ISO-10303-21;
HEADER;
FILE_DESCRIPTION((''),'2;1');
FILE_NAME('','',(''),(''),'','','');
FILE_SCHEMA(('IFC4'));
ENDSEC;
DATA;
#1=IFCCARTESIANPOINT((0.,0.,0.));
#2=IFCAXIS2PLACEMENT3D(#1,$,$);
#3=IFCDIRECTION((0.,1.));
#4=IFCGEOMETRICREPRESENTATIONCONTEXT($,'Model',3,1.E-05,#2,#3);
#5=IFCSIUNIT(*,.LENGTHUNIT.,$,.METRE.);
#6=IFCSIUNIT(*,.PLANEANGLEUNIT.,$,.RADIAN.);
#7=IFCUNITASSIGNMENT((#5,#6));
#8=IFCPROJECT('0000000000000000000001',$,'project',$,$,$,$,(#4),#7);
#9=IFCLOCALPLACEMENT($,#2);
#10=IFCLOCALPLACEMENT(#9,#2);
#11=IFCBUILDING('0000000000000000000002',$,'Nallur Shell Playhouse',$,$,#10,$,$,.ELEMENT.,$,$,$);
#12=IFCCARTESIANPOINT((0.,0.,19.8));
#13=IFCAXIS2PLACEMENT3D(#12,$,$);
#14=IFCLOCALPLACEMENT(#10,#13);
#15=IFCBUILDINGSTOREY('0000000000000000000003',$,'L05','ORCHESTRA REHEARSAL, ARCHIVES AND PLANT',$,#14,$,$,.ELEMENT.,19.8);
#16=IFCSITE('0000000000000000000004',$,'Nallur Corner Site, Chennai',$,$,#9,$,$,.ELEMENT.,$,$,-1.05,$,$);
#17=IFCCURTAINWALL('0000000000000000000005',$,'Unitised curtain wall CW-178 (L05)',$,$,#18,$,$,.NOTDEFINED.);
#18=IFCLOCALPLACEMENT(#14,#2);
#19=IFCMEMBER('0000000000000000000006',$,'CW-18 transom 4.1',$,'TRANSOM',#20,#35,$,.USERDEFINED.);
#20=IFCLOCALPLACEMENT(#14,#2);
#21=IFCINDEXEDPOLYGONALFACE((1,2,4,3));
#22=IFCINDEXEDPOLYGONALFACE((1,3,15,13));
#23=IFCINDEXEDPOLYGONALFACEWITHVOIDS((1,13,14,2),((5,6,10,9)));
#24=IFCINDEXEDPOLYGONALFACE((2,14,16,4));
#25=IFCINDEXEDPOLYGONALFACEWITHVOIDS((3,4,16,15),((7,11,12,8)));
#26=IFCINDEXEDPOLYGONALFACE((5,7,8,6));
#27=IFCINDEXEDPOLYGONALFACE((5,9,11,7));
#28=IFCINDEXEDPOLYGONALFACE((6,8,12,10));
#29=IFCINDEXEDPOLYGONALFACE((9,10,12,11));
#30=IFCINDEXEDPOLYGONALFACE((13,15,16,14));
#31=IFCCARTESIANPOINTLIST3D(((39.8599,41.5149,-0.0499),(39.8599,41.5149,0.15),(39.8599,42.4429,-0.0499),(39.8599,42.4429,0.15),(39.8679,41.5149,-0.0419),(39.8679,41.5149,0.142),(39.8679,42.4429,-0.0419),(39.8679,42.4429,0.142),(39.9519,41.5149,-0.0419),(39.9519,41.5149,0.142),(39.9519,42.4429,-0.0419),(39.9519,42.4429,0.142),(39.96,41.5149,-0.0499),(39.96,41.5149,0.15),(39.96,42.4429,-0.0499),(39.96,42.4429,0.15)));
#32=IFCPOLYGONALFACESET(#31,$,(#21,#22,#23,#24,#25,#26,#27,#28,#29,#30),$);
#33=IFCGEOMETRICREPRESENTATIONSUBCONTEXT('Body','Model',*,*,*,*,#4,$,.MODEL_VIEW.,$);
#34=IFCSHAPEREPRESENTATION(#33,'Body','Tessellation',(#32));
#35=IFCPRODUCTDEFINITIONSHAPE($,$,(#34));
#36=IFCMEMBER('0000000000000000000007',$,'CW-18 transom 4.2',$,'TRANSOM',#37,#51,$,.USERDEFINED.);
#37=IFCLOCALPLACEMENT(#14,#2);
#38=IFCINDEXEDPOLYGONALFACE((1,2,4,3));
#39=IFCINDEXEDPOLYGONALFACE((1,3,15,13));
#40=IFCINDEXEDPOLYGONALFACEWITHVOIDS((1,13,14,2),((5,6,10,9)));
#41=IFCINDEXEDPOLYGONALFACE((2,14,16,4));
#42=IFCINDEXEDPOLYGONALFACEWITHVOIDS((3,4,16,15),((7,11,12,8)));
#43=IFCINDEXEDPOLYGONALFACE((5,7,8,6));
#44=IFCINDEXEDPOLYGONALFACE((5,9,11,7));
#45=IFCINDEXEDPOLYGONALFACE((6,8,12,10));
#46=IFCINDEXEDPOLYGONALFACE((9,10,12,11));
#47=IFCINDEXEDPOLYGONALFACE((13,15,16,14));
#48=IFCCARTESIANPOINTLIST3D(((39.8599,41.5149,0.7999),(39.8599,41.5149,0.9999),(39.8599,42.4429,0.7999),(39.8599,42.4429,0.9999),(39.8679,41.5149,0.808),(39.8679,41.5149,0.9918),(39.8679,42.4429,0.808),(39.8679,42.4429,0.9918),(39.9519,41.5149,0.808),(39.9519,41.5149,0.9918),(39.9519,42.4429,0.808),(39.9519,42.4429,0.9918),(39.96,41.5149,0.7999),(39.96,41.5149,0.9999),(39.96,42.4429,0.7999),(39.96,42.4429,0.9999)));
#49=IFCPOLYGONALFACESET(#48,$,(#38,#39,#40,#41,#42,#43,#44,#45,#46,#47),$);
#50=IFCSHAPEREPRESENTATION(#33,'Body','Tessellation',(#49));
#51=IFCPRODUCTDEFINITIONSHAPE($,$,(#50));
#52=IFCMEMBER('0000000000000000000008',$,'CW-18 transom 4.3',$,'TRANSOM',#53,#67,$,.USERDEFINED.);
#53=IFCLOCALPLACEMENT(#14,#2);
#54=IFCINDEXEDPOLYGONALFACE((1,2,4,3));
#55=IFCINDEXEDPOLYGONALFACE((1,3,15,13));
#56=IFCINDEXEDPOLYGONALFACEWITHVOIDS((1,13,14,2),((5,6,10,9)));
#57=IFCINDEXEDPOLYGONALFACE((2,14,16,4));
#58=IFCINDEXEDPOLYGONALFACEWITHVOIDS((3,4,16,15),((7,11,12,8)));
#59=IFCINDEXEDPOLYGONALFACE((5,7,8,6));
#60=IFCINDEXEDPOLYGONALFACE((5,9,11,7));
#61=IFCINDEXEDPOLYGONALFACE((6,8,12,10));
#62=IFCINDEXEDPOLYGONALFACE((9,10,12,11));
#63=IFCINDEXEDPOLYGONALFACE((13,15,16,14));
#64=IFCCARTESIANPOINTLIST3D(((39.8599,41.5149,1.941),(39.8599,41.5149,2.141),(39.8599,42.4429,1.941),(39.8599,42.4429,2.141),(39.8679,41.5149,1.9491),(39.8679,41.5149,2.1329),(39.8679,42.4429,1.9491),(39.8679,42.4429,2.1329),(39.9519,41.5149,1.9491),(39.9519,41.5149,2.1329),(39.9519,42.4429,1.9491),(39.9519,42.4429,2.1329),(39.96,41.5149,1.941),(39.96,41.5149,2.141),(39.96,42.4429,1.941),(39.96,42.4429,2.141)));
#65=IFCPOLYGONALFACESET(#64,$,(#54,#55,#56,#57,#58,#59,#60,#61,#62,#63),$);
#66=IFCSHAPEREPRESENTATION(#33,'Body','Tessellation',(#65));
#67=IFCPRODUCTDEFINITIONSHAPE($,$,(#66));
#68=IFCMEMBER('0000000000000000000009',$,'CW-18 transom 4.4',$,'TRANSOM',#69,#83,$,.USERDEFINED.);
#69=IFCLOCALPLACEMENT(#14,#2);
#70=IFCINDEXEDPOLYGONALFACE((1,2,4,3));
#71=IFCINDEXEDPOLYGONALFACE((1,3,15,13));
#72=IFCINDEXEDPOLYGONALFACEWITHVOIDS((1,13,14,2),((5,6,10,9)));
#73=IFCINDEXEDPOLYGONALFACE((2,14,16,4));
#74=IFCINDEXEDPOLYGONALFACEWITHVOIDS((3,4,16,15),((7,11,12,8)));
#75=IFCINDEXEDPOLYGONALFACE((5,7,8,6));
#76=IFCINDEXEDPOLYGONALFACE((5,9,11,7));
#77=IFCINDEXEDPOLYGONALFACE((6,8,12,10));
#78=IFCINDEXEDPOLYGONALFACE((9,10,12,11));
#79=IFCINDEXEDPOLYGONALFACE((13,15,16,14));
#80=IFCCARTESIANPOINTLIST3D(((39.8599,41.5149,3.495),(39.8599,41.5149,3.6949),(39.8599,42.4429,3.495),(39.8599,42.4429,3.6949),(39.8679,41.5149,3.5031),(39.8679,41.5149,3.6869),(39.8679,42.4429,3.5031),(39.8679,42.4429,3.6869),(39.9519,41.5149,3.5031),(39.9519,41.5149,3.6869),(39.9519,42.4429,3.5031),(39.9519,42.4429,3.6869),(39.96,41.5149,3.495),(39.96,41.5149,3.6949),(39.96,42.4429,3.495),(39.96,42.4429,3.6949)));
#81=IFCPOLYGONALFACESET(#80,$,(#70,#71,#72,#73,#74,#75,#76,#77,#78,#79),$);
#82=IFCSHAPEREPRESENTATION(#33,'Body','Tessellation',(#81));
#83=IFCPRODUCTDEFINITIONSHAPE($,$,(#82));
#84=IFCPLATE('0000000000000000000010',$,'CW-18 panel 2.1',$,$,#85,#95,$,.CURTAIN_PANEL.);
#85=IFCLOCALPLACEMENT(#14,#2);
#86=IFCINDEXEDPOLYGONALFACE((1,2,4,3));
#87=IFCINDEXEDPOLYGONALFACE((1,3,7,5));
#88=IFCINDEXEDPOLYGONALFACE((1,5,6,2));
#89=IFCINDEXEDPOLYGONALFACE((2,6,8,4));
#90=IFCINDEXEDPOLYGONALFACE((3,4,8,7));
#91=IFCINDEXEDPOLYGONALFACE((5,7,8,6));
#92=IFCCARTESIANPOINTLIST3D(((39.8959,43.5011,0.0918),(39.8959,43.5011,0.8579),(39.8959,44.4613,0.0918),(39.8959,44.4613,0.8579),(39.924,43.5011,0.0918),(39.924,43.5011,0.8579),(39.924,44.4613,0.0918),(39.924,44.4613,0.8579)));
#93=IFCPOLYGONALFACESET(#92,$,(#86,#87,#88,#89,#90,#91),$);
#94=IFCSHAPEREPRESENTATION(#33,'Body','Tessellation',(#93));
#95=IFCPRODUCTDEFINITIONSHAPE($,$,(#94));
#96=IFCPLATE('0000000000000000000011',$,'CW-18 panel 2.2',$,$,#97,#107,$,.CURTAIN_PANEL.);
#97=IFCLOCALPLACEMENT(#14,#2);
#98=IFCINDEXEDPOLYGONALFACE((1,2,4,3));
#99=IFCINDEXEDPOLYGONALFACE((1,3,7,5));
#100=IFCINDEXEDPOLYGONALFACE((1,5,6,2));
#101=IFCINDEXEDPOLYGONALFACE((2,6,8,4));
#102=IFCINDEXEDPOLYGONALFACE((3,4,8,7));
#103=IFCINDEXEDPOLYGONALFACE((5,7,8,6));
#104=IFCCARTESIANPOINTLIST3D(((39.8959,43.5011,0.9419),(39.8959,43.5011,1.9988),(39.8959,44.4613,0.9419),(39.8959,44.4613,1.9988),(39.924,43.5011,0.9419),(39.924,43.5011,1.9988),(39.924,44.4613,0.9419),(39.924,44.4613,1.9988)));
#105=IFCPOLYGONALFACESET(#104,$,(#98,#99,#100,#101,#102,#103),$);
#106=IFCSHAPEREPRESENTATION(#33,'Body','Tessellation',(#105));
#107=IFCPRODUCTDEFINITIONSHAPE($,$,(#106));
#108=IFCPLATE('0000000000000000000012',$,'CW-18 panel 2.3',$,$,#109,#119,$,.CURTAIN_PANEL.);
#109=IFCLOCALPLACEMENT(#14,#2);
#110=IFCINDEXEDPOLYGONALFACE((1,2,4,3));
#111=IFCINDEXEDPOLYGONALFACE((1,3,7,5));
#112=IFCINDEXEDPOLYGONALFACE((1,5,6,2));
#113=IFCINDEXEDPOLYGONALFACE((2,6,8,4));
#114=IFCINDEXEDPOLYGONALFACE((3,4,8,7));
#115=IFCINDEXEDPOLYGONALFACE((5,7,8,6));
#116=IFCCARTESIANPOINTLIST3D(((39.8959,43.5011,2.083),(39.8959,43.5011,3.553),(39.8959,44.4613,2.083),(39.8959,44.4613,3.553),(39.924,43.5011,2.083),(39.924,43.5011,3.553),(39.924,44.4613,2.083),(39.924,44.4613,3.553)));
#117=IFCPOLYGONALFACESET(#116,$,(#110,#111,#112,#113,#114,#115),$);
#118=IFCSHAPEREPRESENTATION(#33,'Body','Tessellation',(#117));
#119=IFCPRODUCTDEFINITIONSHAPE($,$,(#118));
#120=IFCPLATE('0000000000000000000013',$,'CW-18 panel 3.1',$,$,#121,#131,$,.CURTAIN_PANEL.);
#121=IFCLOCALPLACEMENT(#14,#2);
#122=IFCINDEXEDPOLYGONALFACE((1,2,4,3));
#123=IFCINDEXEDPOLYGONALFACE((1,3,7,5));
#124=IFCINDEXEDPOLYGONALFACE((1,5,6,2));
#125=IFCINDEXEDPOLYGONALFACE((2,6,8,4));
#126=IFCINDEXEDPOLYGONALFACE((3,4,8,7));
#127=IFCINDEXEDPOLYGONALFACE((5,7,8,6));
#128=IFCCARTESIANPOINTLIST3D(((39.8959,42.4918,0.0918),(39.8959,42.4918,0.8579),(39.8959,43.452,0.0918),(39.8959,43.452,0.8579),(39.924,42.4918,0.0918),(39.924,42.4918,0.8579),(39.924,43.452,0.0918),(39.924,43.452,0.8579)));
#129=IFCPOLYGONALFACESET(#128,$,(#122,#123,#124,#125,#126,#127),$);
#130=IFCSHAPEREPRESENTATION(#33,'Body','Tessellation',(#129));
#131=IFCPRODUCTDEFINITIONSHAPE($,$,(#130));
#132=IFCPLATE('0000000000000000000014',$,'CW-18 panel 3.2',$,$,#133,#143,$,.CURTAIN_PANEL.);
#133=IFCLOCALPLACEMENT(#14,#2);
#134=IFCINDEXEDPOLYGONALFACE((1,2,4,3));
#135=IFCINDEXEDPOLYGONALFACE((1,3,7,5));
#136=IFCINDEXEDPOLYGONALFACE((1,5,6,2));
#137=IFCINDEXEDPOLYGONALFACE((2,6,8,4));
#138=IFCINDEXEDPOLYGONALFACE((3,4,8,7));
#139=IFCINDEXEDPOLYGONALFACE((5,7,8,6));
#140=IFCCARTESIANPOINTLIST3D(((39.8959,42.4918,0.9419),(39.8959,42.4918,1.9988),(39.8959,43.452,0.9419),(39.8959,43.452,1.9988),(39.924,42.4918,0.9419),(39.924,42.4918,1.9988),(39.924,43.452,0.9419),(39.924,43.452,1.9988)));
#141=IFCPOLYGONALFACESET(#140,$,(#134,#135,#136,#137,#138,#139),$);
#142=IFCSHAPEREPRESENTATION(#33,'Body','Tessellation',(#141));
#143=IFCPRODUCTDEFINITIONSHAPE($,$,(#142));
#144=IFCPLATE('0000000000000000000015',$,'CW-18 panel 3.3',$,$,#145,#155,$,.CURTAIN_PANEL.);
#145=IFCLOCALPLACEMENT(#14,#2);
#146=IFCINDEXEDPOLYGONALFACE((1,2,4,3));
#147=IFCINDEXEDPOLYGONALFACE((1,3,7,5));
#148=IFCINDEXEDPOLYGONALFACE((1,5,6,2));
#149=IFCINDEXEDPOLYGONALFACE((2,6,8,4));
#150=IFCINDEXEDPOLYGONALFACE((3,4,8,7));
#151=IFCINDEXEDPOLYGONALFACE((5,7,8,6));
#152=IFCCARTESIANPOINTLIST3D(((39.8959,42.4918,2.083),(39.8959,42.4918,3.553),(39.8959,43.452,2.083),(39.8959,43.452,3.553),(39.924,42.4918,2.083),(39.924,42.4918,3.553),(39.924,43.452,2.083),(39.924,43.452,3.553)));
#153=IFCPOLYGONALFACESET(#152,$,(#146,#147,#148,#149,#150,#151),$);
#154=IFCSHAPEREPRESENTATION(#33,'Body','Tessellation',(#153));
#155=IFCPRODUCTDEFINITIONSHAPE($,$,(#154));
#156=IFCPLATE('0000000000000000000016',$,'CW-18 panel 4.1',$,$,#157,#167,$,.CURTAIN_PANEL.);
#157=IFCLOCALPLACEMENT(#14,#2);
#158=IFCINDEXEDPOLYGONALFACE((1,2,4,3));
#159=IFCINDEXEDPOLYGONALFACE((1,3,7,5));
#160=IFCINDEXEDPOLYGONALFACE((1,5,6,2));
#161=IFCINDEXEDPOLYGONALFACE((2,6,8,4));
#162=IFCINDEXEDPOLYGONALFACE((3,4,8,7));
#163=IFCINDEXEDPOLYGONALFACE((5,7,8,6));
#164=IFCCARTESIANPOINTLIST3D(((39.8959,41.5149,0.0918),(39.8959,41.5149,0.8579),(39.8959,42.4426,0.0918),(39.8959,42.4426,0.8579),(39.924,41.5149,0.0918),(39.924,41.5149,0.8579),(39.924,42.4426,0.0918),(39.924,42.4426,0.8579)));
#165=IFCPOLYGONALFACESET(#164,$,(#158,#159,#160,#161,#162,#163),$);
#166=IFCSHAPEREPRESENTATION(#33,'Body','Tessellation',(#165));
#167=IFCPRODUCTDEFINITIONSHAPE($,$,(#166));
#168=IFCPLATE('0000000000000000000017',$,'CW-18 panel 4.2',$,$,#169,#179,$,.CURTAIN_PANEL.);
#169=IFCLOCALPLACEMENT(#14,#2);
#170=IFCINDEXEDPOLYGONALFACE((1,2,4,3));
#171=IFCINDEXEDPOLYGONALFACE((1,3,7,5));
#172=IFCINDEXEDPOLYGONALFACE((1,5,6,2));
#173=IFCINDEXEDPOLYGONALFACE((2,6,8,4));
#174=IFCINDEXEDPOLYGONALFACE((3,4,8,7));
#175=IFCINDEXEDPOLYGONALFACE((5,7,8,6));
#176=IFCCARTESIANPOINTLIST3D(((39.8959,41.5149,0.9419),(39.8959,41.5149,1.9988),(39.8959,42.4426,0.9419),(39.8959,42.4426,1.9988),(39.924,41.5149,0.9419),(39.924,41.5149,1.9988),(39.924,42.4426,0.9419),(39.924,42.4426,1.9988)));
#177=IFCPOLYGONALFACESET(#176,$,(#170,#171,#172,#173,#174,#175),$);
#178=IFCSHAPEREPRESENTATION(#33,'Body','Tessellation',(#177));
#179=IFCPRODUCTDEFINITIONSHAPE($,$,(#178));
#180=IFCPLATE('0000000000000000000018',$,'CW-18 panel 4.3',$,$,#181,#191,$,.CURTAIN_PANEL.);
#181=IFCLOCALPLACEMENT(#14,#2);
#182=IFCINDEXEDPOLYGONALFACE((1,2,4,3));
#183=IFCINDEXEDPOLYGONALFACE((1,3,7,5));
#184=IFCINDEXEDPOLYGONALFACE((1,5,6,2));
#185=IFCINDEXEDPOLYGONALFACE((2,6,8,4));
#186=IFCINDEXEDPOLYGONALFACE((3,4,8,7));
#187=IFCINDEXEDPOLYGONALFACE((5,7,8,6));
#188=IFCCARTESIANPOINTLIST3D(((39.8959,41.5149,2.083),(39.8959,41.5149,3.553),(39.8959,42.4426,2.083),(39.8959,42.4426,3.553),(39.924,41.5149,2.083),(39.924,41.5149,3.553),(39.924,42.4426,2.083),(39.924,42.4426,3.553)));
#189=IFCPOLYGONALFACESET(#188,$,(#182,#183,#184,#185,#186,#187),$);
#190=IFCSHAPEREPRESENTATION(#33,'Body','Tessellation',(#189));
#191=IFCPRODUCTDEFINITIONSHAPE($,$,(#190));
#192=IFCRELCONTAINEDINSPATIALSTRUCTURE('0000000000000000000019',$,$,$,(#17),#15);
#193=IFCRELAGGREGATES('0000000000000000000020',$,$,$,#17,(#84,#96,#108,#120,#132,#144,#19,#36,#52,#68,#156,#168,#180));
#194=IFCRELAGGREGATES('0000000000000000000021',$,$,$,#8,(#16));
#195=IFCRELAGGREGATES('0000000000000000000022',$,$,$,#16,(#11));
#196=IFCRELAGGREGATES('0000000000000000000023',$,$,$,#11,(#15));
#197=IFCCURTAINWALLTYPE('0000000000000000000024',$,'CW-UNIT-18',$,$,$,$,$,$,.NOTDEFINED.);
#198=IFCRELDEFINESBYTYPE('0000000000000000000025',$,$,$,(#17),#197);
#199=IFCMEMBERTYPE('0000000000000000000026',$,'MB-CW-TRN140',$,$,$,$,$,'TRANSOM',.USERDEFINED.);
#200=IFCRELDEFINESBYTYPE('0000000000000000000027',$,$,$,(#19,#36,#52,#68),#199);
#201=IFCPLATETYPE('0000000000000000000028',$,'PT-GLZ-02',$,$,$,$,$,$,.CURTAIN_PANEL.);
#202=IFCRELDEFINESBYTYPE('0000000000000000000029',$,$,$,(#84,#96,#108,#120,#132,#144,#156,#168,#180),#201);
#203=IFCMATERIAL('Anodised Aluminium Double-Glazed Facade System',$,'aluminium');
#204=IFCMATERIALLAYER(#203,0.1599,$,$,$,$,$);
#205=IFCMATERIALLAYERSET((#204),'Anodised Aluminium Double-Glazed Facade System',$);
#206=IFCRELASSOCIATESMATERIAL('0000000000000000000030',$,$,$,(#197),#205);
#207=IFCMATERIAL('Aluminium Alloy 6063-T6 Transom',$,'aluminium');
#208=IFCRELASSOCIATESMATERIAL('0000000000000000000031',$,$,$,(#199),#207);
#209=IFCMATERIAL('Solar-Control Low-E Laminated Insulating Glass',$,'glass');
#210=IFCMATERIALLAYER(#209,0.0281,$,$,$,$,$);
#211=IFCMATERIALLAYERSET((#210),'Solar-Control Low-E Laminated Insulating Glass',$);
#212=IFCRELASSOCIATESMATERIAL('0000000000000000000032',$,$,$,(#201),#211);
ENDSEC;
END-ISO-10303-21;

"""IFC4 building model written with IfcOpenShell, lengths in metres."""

from ifc_helpers import new_model, si_unit, direction, frame, origin, origin_2d, place, context, subcontext, project, spatial, rectangle, hollow_rectangle, extrude, material, layer, layer_set, material_profile, profile_set, type_object, element, aggregate, save


model = new_model("IFC4")

# Units and contexts
model_context = context("Model", 3, precision=1e-05, world=origin(), true_north=direction((0.0, 1.0)))
body_context = subcontext(model_context, "Body", "Model", "MODEL_VIEW")
ifc_project = project(units=[si_unit("LENGTHUNIT", "METRE"), si_unit("PLANEANGLEUNIT", "RADIAN")], contexts=[model_context])

# Site, building, storey
site_placement = place(None, origin())
site = spatial("IfcSite", under=ifc_project, at=site_placement, Name="Nallur Corner Site, Chennai", CompositionType="ELEMENT", RefElevation=-1.05)
building_placement = place(site_placement, origin())
building = spatial("IfcBuilding", under=site, at=building_placement, Name="Nallur Shell Playhouse", CompositionType="ELEMENT")
storey_placement = place(building_placement, frame((0.0, 0.0, 19.8)))
storey = spatial("IfcBuildingStorey", under=building, at=storey_placement, Name="L05", Description="ORCHESTRA REHEARSAL, ARCHIVES AND PLANT", CompositionType="ELEMENT", Elevation=19.8)

# Curtain wall, members, plates
ifc_material_1 = material(Name="Anodised Aluminium Double-Glazed Facade System", Category="aluminium")
ifc_layer_1 = layer(ifc_material_1, 0.1599)
ifc_layer_set_1 = layer_set([ifc_layer_1], Name="Anodised Aluminium Double-Glazed Facade System")
curtain_wall_type = type_object("IfcCurtainWallType", Name="CW-UNIT-18", PredefinedType="NOTDEFINED", material=ifc_layer_set_1)
curtain_wall_placement = place(storey_placement, origin())
curtain_wall = element("IfcCurtainWall", 1, at=curtain_wall_placement, inside=storey, type_object=curtain_wall_type, Name="Unitised curtain wall CW-178 (L05)", PredefinedType="NOTDEFINED")
ifc_material_2 = material(Name="Aluminium Alloy 6063-T6 Transom", Category="aluminium")
ifc_material_profile_1 = material_profile(ifc_material_2, hollow_rectangle(XDim=0.1001, YDim=0.2, WallThickness=0.0081, at=origin_2d()), Name="RHS 200x100x8")
ifc_profile_set_1 = profile_set([ifc_material_profile_1], Name="Aluminium Alloy 6063-T6 Transom")
member_type_1 = type_object("IfcMemberType", Name="MB-CW-TRN140", ElementType="TRANSOM", PredefinedType="USERDEFINED", material=ifc_profile_set_1)
member_1_placement = place(storey_placement, frame((39.9099, 42.4429, 0.05), z_axis=(0.0, -1.0, 0.0), x_axis=(1.0, 0.0, 0.0)))
member_1 = element("IfcMember", 2, at=member_1_placement, type_object=member_type_1, Name="CW-18 transom 4.1", ObjectType="TRANSOM", PredefinedType="USERDEFINED", context=body_context, shape_type="SweptSolid", body=[
    extrude(hollow_rectangle(XDim=0.1001, YDim=0.2, WallThickness=0.0081, at=origin_2d()), origin(), (0.0, 0.0, 1.0), 0.928),
])
member_2_placement = place(storey_placement, frame((39.9099, 42.4429, 0.8999), z_axis=(0.0, -1.0, 0.0), x_axis=(1.0, 0.0, 0.0)))
member_2 = element("IfcMember", 3, at=member_2_placement, type_object=member_type_1, Name="CW-18 transom 4.2", ObjectType="TRANSOM", PredefinedType="USERDEFINED", context=body_context, shape_type="SweptSolid", body=[
    extrude(hollow_rectangle(XDim=0.1001, YDim=0.2, WallThickness=0.0081, at=origin_2d()), origin(), (0.0, 0.0, 1.0), 0.928),
])
member_3_placement = place(storey_placement, frame((39.9099, 42.4429, 2.041), z_axis=(0.0, -1.0, 0.0), x_axis=(1.0, 0.0, 0.0)))
member_3 = element("IfcMember", 4, at=member_3_placement, type_object=member_type_1, Name="CW-18 transom 4.3", ObjectType="TRANSOM", PredefinedType="USERDEFINED", context=body_context, shape_type="SweptSolid", body=[
    extrude(hollow_rectangle(XDim=0.1001, YDim=0.2, WallThickness=0.0081, at=origin_2d()), origin(), (0.0, 0.0, 1.0), 0.928),
])
member_4_placement = place(storey_placement, frame((39.9099, 42.4429, 3.595), z_axis=(0.0, -1.0, 0.0), x_axis=(1.0, 0.0, 0.0)))
member_4 = element("IfcMember", 5, at=member_4_placement, type_object=member_type_1, Name="CW-18 transom 4.4", ObjectType="TRANSOM", PredefinedType="USERDEFINED", context=body_context, shape_type="SweptSolid", body=[
    extrude(hollow_rectangle(XDim=0.1001, YDim=0.2, WallThickness=0.0081, at=origin_2d()), origin(), (0.0, 0.0, 1.0), 0.928),
])
ifc_material_3 = material(Name="Solar-Control Low-E Laminated Insulating Glass", Category="glass")
ifc_layer_2 = layer(ifc_material_3, 0.0281)
ifc_layer_set_2 = layer_set([ifc_layer_2], Name="Solar-Control Low-E Laminated Insulating Glass")
plate_type = type_object("IfcPlateType", Name="PT-GLZ-02", PredefinedType="CURTAIN_PANEL", material=ifc_layer_set_2)
plate_1_placement = place(storey_placement, frame((39.9099, 43.9812, 0.0918), z_axis=(0.0, 0.0, 1.0), x_axis=(0.0, -1.0, 0.0)))
plate_1 = element("IfcPlate", 6, at=plate_1_placement, type_object=plate_type, Name="CW-18 panel 2.1", PredefinedType="CURTAIN_PANEL", context=body_context, shape_type="SweptSolid", body=[
    extrude(rectangle(XDim=0.9602, YDim=0.0281, at=origin_2d()), origin(), (0.0, 0.0, 1.0), 0.7661),
])
plate_2_placement = place(storey_placement, frame((39.9099, 43.9812, 0.9419), z_axis=(0.0, 0.0, 1.0), x_axis=(0.0, -1.0, 0.0)))
plate_2 = element("IfcPlate", 7, at=plate_2_placement, type_object=plate_type, Name="CW-18 panel 2.2", PredefinedType="CURTAIN_PANEL", context=body_context, shape_type="SweptSolid", body=[
    extrude(rectangle(XDim=0.9602, YDim=0.0281, at=origin_2d()), origin(), (0.0, 0.0, 1.0), 1.0569),
])
plate_3_placement = place(storey_placement, frame((39.9099, 43.9812, 2.083), z_axis=(0.0, 0.0, 1.0), x_axis=(0.0, -1.0, 0.0)))
plate_3 = element("IfcPlate", 8, at=plate_3_placement, type_object=plate_type, Name="CW-18 panel 2.3", PredefinedType="CURTAIN_PANEL", context=body_context, shape_type="SweptSolid", body=[
    extrude(rectangle(XDim=0.9602, YDim=0.0281, at=origin_2d()), origin(), (0.0, 0.0, 1.0), 1.47),
])
plate_4_placement = place(storey_placement, frame((39.9099, 42.9719, 0.0918), z_axis=(0.0, 0.0, 1.0), x_axis=(0.0, -1.0, 0.0)))
plate_4 = element("IfcPlate", 9, at=plate_4_placement, type_object=plate_type, Name="CW-18 panel 3.1", PredefinedType="CURTAIN_PANEL", context=body_context, shape_type="SweptSolid", body=[
    extrude(rectangle(XDim=0.9602, YDim=0.0281, at=origin_2d()), origin(), (0.0, 0.0, 1.0), 0.7661),
])
plate_5_placement = place(storey_placement, frame((39.9099, 42.9719, 0.9419), z_axis=(0.0, 0.0, 1.0), x_axis=(0.0, -1.0, 0.0)))
plate_5 = element("IfcPlate", 10, at=plate_5_placement, type_object=plate_type, Name="CW-18 panel 3.2", PredefinedType="CURTAIN_PANEL", context=body_context, shape_type="SweptSolid", body=[
    extrude(rectangle(XDim=0.9602, YDim=0.0281, at=origin_2d()), origin(), (0.0, 0.0, 1.0), 1.0569),
])
plate_6_placement = place(storey_placement, frame((39.9099, 42.9719, 2.083), z_axis=(0.0, 0.0, 1.0), x_axis=(0.0, -1.0, 0.0)))
plate_6 = element("IfcPlate", 11, at=plate_6_placement, type_object=plate_type, Name="CW-18 panel 3.3", PredefinedType="CURTAIN_PANEL", context=body_context, shape_type="SweptSolid", body=[
    extrude(rectangle(XDim=0.9602, YDim=0.0281, at=origin_2d()), origin(), (0.0, 0.0, 1.0), 1.47),
])
plate_7_placement = place(storey_placement, frame((39.9099, 41.9788, 0.0918), z_axis=(0.0, 0.0, 1.0), x_axis=(0.0, -1.0, 0.0)))
plate_7 = element("IfcPlate", 12, at=plate_7_placement, type_object=plate_type, Name="CW-18 panel 4.1", PredefinedType="CURTAIN_PANEL", context=body_context, shape_type="SweptSolid", body=[
    extrude(rectangle(XDim=0.9277, YDim=0.0281, at=origin_2d()), origin(), (0.0, 0.0, 1.0), 0.7661),
])
plate_8_placement = place(storey_placement, frame((39.9099, 41.9788, 0.9419), z_axis=(0.0, 0.0, 1.0), x_axis=(0.0, -1.0, 0.0)))
plate_8 = element("IfcPlate", 13, at=plate_8_placement, type_object=plate_type, Name="CW-18 panel 4.2", PredefinedType="CURTAIN_PANEL", context=body_context, shape_type="SweptSolid", body=[
    extrude(rectangle(XDim=0.9277, YDim=0.0281, at=origin_2d()), origin(), (0.0, 0.0, 1.0), 1.0569),
])
plate_9_placement = place(storey_placement, frame((39.9099, 41.9788, 2.083), z_axis=(0.0, 0.0, 1.0), x_axis=(0.0, -1.0, 0.0)))
plate_9 = element("IfcPlate", 14, at=plate_9_placement, type_object=plate_type, Name="CW-18 panel 4.3", PredefinedType="CURTAIN_PANEL", context=body_context, shape_type="SweptSolid", body=[
    extrude(rectangle(XDim=0.9277, YDim=0.0281, at=origin_2d()), origin(), (0.0, 0.0, 1.0), 1.47),
])
aggregate(curtain_wall, [plate_1, plate_2, plate_3, plate_4, plate_5, plate_6, member_1, member_2, member_3, member_4, plate_7, plate_8, plate_9])

save(model, "model.ifc")
